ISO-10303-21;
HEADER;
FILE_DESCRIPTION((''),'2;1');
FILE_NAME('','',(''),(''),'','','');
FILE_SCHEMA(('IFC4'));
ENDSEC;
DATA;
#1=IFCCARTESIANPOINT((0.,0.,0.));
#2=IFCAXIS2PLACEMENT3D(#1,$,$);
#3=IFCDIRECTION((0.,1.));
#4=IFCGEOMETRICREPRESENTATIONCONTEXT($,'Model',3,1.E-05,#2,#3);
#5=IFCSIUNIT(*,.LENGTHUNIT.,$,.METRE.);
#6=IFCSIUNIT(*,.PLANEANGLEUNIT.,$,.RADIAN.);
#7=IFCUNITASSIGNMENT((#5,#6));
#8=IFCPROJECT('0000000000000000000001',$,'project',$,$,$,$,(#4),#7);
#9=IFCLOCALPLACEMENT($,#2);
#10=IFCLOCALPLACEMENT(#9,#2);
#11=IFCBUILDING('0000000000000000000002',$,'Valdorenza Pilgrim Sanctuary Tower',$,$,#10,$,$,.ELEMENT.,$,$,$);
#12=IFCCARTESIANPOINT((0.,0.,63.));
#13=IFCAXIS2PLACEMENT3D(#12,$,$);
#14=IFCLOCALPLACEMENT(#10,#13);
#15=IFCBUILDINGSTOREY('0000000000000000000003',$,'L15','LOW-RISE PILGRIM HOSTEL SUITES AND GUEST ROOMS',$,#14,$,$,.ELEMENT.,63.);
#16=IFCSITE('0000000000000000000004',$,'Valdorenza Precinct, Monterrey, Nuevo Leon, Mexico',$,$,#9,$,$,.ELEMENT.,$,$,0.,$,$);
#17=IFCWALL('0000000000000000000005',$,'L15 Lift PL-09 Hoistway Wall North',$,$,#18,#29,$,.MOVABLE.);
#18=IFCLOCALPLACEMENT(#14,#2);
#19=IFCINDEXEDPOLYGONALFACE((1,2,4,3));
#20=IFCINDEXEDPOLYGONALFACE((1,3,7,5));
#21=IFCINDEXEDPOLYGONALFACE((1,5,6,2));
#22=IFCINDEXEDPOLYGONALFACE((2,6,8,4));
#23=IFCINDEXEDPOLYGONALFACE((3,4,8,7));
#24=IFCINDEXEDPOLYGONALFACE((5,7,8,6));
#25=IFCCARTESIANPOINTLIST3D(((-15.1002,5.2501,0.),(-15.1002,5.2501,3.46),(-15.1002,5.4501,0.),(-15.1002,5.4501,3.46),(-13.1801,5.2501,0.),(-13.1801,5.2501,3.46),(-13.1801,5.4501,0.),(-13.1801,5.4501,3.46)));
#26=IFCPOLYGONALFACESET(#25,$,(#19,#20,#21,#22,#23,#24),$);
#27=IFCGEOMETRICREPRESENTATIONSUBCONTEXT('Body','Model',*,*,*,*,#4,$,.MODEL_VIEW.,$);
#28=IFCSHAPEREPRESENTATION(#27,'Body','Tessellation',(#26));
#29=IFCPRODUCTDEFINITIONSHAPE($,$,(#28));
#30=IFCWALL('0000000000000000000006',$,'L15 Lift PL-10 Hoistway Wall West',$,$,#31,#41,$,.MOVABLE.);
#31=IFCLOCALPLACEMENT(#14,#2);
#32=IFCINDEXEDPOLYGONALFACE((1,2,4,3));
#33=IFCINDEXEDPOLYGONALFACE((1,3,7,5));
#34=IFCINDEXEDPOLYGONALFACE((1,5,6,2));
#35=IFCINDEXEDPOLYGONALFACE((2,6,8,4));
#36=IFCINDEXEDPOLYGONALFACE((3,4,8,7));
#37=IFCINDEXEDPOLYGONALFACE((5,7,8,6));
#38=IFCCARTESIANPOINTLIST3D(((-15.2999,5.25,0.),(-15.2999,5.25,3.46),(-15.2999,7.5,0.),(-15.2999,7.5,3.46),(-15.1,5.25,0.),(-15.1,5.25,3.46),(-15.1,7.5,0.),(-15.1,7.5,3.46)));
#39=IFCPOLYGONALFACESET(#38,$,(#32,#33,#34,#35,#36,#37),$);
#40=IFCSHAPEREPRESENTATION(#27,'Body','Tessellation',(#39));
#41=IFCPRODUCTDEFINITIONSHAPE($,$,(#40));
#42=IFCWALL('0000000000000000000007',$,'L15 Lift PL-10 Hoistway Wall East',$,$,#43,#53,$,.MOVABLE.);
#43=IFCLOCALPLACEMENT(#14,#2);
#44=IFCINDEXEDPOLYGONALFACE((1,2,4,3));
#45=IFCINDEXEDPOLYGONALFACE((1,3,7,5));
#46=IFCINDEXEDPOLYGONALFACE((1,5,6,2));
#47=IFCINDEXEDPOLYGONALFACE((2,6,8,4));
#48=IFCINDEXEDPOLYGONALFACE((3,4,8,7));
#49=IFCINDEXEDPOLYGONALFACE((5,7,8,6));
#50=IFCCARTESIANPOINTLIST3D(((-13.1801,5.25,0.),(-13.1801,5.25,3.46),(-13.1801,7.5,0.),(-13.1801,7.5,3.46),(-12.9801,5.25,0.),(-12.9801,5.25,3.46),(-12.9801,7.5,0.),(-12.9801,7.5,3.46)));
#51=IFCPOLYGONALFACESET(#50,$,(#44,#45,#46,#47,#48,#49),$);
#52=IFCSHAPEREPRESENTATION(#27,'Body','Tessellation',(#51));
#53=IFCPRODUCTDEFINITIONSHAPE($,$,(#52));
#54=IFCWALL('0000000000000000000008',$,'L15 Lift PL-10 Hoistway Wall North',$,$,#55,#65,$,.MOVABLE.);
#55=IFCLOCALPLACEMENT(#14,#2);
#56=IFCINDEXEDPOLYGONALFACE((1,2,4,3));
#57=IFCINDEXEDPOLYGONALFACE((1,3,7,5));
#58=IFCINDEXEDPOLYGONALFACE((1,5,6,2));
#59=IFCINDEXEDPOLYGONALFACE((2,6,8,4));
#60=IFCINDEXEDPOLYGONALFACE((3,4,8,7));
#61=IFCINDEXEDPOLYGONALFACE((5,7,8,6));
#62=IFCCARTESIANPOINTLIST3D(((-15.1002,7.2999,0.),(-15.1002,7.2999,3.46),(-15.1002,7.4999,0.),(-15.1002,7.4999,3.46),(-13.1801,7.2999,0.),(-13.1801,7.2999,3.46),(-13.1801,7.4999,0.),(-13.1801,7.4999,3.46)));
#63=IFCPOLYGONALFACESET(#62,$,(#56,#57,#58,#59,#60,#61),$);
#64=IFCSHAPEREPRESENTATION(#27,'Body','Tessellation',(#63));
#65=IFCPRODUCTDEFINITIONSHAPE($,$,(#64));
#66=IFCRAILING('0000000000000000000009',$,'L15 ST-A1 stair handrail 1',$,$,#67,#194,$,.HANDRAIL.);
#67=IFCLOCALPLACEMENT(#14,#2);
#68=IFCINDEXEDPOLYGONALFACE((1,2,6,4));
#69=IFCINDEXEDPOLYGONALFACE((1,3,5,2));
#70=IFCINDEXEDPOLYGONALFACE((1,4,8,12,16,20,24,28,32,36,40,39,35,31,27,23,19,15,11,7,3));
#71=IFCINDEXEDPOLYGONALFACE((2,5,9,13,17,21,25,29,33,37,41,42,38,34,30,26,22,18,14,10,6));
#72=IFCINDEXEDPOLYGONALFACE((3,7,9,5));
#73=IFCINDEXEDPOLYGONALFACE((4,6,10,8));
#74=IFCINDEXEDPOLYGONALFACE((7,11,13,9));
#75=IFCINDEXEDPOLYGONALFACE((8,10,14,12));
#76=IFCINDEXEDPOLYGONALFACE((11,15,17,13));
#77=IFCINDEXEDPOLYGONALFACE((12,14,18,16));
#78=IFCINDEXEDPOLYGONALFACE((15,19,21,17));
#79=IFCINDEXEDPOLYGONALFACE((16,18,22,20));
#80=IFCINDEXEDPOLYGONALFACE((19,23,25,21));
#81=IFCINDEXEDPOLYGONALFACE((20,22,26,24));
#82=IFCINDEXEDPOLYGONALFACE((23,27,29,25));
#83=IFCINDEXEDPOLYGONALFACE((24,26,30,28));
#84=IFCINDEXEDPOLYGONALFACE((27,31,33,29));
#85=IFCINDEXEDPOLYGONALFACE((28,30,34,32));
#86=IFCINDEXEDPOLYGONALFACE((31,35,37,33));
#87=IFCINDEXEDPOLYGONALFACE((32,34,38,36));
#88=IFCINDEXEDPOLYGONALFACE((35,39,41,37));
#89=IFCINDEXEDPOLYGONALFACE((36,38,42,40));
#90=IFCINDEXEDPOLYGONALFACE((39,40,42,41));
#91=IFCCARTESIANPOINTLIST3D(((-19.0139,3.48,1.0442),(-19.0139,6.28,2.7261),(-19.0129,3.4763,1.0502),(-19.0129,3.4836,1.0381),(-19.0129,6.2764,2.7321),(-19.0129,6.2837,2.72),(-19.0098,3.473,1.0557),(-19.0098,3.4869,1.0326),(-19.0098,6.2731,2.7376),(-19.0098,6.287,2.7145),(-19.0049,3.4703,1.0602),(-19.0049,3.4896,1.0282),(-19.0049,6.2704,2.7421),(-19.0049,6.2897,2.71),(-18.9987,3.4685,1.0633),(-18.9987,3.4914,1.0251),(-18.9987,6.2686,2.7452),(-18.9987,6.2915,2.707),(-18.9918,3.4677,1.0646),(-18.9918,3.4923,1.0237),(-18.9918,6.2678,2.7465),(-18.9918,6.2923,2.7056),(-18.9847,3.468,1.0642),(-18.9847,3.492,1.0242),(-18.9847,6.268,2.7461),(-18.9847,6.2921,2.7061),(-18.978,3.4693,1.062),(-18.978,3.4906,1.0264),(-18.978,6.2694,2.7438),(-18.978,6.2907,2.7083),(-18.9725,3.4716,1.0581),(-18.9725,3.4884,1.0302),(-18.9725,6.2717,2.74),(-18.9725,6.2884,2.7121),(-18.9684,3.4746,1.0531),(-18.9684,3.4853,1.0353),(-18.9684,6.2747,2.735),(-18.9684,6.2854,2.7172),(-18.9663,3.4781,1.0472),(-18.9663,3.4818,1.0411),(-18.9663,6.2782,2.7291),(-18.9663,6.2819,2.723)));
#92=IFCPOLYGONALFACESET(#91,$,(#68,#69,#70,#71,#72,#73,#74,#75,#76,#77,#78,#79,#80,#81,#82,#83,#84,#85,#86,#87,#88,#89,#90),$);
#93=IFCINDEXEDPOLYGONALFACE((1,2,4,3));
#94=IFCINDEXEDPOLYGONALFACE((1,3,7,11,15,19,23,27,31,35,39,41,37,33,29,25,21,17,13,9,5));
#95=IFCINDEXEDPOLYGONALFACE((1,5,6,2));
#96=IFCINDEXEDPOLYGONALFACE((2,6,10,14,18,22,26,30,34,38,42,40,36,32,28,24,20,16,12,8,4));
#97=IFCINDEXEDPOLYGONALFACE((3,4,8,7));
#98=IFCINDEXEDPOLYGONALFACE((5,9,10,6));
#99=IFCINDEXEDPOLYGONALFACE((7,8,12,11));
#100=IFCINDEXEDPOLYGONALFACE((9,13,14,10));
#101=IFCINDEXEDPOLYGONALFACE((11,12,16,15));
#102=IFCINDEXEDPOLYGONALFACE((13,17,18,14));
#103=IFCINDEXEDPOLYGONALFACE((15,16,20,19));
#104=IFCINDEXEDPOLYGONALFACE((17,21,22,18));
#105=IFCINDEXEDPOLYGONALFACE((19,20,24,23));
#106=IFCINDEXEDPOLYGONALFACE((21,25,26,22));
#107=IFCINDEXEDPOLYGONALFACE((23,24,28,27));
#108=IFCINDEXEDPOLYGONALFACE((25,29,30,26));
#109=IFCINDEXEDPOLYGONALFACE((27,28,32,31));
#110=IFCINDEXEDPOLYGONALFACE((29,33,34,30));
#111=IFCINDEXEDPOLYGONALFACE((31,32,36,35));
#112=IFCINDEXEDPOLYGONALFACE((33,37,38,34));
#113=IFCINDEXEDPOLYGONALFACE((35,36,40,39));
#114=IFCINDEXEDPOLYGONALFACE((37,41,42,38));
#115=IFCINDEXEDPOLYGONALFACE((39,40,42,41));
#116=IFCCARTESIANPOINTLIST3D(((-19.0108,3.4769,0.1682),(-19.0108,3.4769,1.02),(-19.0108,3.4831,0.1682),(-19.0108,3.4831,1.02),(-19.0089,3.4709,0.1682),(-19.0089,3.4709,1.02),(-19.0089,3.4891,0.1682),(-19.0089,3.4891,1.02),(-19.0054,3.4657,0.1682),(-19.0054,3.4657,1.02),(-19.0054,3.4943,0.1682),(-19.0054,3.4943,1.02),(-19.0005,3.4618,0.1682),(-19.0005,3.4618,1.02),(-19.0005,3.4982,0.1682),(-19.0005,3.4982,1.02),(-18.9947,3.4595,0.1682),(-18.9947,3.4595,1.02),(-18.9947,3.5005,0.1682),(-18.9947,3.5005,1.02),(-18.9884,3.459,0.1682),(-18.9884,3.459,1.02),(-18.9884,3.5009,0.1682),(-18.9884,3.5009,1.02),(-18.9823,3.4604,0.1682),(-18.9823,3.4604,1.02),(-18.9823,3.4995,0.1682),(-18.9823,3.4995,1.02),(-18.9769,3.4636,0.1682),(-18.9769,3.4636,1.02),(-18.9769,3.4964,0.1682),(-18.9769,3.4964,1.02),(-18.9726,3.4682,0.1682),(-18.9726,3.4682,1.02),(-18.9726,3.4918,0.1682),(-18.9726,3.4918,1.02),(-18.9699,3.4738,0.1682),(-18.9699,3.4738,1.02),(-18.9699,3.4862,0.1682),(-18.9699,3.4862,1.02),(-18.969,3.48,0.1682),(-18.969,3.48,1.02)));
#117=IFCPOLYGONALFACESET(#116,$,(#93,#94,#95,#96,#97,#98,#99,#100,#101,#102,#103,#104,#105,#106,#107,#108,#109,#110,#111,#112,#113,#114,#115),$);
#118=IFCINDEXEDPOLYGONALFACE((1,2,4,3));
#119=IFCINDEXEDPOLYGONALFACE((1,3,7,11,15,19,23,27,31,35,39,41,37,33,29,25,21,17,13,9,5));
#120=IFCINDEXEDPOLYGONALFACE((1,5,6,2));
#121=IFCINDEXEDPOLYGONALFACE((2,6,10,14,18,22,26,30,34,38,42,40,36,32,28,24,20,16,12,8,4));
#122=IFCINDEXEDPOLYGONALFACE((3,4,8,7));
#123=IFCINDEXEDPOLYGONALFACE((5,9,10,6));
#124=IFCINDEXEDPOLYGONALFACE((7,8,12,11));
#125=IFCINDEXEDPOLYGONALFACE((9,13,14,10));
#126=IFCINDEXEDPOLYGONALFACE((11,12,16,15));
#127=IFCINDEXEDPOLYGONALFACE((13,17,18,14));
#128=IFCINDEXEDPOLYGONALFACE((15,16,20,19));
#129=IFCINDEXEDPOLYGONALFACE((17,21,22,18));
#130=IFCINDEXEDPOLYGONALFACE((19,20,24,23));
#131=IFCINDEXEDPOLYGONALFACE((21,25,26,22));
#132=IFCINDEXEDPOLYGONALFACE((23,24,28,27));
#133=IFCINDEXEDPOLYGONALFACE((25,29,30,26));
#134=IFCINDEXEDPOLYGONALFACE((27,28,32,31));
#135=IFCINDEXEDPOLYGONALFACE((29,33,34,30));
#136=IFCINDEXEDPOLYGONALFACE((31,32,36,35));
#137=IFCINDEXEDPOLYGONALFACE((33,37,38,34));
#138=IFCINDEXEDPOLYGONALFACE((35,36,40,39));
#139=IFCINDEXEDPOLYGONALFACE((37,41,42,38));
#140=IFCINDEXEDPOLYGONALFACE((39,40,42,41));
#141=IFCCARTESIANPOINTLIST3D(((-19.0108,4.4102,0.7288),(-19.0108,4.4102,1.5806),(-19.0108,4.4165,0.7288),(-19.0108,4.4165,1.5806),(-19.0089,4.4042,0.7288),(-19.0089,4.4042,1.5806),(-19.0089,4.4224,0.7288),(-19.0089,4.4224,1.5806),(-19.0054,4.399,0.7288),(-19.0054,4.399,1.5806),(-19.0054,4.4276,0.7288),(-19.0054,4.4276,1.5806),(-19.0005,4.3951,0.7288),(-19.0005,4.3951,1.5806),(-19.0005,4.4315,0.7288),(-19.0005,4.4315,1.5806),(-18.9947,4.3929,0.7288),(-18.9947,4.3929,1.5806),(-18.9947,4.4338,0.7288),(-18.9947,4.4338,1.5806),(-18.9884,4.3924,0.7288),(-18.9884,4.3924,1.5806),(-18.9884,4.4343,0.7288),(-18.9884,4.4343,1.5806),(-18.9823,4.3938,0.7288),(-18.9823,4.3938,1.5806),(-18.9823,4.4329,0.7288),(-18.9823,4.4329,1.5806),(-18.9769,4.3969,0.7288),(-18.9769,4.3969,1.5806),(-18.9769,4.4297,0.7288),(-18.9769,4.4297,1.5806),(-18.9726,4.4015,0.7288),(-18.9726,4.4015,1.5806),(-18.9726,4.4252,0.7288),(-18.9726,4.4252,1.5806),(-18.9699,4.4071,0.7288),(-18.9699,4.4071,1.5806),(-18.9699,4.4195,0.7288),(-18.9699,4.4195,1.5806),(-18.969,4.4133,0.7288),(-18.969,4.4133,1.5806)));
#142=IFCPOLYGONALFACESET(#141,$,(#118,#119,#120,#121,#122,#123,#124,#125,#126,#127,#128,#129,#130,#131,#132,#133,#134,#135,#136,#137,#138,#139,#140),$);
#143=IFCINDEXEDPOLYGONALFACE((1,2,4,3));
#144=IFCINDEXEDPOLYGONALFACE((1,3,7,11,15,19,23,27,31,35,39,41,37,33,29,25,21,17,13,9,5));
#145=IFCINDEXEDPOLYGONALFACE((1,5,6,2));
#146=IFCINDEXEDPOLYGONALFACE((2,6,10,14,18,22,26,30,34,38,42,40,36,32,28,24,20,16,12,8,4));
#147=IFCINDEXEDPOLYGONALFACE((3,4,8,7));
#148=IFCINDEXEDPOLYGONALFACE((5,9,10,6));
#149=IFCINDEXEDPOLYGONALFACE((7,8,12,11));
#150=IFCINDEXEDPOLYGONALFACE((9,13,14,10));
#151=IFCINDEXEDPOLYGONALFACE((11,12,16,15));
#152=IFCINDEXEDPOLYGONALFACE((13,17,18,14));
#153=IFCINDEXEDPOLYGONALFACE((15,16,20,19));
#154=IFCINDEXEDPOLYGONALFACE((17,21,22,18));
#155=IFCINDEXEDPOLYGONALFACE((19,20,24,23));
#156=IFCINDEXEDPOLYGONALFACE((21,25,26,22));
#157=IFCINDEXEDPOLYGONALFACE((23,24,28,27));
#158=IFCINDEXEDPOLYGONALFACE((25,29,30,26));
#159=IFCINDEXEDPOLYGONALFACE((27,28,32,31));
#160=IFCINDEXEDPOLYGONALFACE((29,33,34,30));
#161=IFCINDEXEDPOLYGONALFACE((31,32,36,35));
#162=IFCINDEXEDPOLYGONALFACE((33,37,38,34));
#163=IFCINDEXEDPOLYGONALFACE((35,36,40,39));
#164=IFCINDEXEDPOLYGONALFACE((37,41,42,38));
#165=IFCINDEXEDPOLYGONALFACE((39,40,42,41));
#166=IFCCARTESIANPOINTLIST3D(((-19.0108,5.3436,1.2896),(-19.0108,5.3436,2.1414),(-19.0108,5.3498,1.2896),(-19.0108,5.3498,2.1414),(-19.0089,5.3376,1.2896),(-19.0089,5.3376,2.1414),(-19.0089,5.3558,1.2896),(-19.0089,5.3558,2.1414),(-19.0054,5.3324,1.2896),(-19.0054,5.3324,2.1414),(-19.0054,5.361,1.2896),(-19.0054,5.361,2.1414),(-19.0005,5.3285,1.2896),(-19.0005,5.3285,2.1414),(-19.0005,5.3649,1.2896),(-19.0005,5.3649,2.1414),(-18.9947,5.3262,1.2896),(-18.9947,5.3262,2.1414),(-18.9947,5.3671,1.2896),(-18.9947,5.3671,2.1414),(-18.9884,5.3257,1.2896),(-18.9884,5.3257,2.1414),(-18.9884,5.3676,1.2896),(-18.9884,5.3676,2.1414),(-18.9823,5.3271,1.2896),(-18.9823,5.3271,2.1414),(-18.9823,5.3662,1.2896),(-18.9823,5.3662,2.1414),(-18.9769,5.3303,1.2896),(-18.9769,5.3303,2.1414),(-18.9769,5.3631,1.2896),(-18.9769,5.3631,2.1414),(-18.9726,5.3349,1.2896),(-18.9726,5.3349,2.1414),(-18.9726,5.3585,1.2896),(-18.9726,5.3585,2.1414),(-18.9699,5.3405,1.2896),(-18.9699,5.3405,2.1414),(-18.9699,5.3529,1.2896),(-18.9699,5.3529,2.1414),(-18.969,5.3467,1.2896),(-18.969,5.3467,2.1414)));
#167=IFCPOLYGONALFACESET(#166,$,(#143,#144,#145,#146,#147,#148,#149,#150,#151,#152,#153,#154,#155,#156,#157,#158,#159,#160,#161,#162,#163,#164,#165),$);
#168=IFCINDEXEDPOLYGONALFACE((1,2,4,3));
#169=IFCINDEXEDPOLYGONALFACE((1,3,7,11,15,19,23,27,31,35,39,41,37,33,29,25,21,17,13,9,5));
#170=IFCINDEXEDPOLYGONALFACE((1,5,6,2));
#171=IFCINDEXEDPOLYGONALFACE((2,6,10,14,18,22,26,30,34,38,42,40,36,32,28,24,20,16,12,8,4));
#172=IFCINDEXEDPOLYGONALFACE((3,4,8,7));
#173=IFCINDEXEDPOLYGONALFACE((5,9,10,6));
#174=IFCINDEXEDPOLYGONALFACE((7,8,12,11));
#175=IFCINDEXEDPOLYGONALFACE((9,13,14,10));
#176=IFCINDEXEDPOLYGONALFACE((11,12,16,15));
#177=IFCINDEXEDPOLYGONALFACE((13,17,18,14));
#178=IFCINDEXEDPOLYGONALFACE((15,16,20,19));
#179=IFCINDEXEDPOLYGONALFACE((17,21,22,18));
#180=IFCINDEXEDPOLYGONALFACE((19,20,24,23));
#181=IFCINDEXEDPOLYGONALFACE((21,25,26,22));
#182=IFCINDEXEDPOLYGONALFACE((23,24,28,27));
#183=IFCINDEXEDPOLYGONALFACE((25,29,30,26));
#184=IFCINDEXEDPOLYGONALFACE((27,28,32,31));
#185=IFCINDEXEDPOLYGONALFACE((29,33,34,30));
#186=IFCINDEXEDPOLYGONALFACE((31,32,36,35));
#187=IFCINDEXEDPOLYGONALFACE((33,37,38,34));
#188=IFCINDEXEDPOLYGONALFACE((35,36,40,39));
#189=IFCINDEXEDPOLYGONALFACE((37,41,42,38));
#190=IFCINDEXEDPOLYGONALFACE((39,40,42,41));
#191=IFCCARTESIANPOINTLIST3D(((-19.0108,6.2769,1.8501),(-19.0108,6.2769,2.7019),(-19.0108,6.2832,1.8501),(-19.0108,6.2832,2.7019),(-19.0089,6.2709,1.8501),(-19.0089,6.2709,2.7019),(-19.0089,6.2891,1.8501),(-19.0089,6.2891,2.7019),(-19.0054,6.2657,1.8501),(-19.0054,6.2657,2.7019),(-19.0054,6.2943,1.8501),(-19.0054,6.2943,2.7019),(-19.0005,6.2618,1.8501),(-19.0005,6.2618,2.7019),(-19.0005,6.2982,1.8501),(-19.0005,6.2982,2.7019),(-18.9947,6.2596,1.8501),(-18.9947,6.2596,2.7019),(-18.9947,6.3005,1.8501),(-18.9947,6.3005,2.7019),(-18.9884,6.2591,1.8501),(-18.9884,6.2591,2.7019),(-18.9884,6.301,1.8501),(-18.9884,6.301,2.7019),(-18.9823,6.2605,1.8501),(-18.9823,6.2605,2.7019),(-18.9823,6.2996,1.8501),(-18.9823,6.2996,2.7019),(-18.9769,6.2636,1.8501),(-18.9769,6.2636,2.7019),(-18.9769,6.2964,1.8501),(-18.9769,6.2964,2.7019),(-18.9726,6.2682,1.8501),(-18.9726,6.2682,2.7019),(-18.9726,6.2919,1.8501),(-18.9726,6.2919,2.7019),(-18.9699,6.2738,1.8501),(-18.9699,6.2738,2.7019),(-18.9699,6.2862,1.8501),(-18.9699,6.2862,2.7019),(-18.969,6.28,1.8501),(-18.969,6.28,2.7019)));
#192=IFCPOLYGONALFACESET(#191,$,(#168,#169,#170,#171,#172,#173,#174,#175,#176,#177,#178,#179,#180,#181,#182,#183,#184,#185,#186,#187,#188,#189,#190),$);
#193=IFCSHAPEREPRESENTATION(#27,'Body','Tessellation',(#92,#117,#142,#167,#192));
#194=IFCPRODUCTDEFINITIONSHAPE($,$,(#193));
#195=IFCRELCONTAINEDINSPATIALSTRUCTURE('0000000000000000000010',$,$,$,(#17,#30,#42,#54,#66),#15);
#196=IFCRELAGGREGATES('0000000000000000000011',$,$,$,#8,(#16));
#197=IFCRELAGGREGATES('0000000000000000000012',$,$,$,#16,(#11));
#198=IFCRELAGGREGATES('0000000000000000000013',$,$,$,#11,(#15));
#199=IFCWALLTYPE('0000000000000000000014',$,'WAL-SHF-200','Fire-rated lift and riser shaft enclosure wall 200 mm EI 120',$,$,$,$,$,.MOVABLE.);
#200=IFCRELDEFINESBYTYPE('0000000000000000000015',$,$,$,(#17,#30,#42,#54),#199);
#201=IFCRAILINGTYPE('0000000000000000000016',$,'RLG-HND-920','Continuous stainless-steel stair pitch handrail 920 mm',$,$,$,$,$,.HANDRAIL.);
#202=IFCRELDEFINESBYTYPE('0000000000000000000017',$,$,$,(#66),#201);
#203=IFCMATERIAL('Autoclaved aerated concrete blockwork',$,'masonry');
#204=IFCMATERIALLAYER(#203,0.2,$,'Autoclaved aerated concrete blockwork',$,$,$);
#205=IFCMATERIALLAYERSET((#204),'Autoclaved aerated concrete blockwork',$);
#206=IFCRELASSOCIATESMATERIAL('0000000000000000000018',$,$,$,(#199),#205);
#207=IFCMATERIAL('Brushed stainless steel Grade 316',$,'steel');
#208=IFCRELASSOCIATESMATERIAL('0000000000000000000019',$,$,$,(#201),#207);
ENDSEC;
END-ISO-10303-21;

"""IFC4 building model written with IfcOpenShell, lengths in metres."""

from ifc_helpers import new_model, si_unit, direction, frame, frame_2d, origin, origin_2d, place, context, subcontext, project, spatial, rectangle, circle, extrude, material, layer, layer_set, type_object, element, save


model = new_model("IFC4")

# Units and contexts
model_context = context("Model", 3, precision=1e-05, world=origin(), true_north=direction((0.0, 1.0)))
body_context = subcontext(model_context, "Body", "Model", "MODEL_VIEW")
ifc_project = project(units=[si_unit("LENGTHUNIT", "METRE"), si_unit("PLANEANGLEUNIT", "RADIAN")], contexts=[model_context])

# Site, building, storey
site_placement = place(None, origin())
site = spatial("IfcSite", under=ifc_project, at=site_placement, Name="Valdorenza Precinct, Monterrey, Nuevo Leon, Mexico", CompositionType="ELEMENT", RefElevation=0.0)
building_placement = place(site_placement, origin())
building = spatial("IfcBuilding", under=site, at=building_placement, Name="Valdorenza Pilgrim Sanctuary Tower", CompositionType="ELEMENT")
storey_placement = place(building_placement, frame((0.0, 0.0, 63.0)))
storey = spatial("IfcBuildingStorey", under=building, at=storey_placement, Name="L15", Description="LOW-RISE PILGRIM HOSTEL SUITES AND GUEST ROOMS", CompositionType="ELEMENT", Elevation=63.0)

# Shared definitions
ifc_material_1 = material(Name="Autoclaved aerated concrete blockwork", Category="masonry")
ifc_layer_1 = layer(ifc_material_1, 0.2, Name="Autoclaved aerated concrete blockwork")
ifc_layer_set_1 = layer_set([ifc_layer_1], Name="Autoclaved aerated concrete blockwork")
wall_type_1 = type_object("IfcWallType", Name="WAL-SHF-200", Description="Fire-rated lift and riser shaft enclosure wall 200 mm EI 120", PredefinedType="MOVABLE", material=ifc_layer_set_1)

# Shared definitions
ifc_material_2 = material(Name="Brushed stainless steel Grade 316", Category="steel")

# Walls
wall_1_placement = place(storey_placement, frame((-15.1001, 5.3501, 0.0), z_axis=(0.0, 0.0, 1.0), x_axis=(1.0, 0.0, 0.0)))
element("IfcWall", 1, at=wall_1_placement, inside=storey, type_object=wall_type_1, Name="L15 Lift PL-09 Hoistway Wall North", PredefinedType="MOVABLE", context=body_context, shape_type="SweptSolid", body=[
    extrude(rectangle(XDim=1.9202, YDim=0.2, at=frame_2d((0.96, 0.0))), origin(), (0.0, 0.0, 1.0), 3.46),
])
for number, where, z_axis, x_axis, name in (
    (2, (-15.2, 5.25, 0.0), (0.0, 0.0, 1.0), (0.0, 1.0, 0.0), "L15 Lift PL-10 Hoistway Wall West"),
    (3, (-13.0801, 5.25, 0.0), (0.0, 0.0, 1.0), (0.0, 1.0, 0.0), "L15 Lift PL-10 Hoistway Wall East"),
):
    element("IfcWall", number, at=place(storey_placement, frame(where, z_axis=z_axis, x_axis=x_axis)), inside=storey, type_object=wall_type_1, Name=name, PredefinedType="MOVABLE", context=body_context, shape_type="SweptSolid", body=[
        extrude(rectangle(XDim=2.25, YDim=0.2, at=frame_2d((1.125, 0.0))), origin(), (0.0, 0.0, 1.0), 3.46),
    ])
wall_2_placement = place(storey_placement, frame((-15.1001, 7.3999, 0.0), z_axis=(0.0, 0.0, 1.0), x_axis=(1.0, 0.0, 0.0)))
element("IfcWall", 4, at=wall_2_placement, inside=storey, type_object=wall_type_1, Name="L15 Lift PL-10 Hoistway Wall North", PredefinedType="MOVABLE", context=body_context, shape_type="SweptSolid", body=[
    extrude(rectangle(XDim=1.9202, YDim=0.2, at=frame_2d((0.96, 0.0))), origin(), (0.0, 0.0, 1.0), 3.46),
])

# Railing
railing_type = type_object("IfcRailingType", Name="RLG-HND-920", Description="Continuous stainless-steel stair pitch handrail 920 mm", PredefinedType="HANDRAIL", material=ifc_material_2)
railing_placement = place(storey_placement, frame((-18.99, 3.48, 0.1682)))
element("IfcRailing", 5, at=railing_placement, inside=storey, type_object=railing_type, Name="L15 ST-A1 stair handrail 1", PredefinedType="HANDRAIL", context=body_context, shape_type="SweptSolid", body=[
    extrude(circle(Radius=0.0239, at=origin_2d()), frame((0.0, 0.0, 0.876), z_axis=(0.0, 0.857242, 0.514913), x_axis=(-1.0, 0.0, 0.0)), (0.0, 0.0, 1.0), 3.2664),
    extrude(circle(Radius=0.021, at=origin_2d()), origin(), (0.0, 0.0, 1.0), 0.8518),
    extrude(circle(Radius=0.021, at=origin_2d()), frame((0.0, 0.9333, 0.5605)), (0.0, 0.0, 1.0), 0.8518),
    extrude(circle(Radius=0.021, at=origin_2d()), frame((0.0, 1.8667, 1.1213)), (0.0, 0.0, 1.0), 0.8518),
    extrude(circle(Radius=0.021, at=origin_2d()), frame((0.0, 2.8, 1.6819)), (0.0, 0.0, 1.0), 0.8518),
])

save(model, "model.ifc")
